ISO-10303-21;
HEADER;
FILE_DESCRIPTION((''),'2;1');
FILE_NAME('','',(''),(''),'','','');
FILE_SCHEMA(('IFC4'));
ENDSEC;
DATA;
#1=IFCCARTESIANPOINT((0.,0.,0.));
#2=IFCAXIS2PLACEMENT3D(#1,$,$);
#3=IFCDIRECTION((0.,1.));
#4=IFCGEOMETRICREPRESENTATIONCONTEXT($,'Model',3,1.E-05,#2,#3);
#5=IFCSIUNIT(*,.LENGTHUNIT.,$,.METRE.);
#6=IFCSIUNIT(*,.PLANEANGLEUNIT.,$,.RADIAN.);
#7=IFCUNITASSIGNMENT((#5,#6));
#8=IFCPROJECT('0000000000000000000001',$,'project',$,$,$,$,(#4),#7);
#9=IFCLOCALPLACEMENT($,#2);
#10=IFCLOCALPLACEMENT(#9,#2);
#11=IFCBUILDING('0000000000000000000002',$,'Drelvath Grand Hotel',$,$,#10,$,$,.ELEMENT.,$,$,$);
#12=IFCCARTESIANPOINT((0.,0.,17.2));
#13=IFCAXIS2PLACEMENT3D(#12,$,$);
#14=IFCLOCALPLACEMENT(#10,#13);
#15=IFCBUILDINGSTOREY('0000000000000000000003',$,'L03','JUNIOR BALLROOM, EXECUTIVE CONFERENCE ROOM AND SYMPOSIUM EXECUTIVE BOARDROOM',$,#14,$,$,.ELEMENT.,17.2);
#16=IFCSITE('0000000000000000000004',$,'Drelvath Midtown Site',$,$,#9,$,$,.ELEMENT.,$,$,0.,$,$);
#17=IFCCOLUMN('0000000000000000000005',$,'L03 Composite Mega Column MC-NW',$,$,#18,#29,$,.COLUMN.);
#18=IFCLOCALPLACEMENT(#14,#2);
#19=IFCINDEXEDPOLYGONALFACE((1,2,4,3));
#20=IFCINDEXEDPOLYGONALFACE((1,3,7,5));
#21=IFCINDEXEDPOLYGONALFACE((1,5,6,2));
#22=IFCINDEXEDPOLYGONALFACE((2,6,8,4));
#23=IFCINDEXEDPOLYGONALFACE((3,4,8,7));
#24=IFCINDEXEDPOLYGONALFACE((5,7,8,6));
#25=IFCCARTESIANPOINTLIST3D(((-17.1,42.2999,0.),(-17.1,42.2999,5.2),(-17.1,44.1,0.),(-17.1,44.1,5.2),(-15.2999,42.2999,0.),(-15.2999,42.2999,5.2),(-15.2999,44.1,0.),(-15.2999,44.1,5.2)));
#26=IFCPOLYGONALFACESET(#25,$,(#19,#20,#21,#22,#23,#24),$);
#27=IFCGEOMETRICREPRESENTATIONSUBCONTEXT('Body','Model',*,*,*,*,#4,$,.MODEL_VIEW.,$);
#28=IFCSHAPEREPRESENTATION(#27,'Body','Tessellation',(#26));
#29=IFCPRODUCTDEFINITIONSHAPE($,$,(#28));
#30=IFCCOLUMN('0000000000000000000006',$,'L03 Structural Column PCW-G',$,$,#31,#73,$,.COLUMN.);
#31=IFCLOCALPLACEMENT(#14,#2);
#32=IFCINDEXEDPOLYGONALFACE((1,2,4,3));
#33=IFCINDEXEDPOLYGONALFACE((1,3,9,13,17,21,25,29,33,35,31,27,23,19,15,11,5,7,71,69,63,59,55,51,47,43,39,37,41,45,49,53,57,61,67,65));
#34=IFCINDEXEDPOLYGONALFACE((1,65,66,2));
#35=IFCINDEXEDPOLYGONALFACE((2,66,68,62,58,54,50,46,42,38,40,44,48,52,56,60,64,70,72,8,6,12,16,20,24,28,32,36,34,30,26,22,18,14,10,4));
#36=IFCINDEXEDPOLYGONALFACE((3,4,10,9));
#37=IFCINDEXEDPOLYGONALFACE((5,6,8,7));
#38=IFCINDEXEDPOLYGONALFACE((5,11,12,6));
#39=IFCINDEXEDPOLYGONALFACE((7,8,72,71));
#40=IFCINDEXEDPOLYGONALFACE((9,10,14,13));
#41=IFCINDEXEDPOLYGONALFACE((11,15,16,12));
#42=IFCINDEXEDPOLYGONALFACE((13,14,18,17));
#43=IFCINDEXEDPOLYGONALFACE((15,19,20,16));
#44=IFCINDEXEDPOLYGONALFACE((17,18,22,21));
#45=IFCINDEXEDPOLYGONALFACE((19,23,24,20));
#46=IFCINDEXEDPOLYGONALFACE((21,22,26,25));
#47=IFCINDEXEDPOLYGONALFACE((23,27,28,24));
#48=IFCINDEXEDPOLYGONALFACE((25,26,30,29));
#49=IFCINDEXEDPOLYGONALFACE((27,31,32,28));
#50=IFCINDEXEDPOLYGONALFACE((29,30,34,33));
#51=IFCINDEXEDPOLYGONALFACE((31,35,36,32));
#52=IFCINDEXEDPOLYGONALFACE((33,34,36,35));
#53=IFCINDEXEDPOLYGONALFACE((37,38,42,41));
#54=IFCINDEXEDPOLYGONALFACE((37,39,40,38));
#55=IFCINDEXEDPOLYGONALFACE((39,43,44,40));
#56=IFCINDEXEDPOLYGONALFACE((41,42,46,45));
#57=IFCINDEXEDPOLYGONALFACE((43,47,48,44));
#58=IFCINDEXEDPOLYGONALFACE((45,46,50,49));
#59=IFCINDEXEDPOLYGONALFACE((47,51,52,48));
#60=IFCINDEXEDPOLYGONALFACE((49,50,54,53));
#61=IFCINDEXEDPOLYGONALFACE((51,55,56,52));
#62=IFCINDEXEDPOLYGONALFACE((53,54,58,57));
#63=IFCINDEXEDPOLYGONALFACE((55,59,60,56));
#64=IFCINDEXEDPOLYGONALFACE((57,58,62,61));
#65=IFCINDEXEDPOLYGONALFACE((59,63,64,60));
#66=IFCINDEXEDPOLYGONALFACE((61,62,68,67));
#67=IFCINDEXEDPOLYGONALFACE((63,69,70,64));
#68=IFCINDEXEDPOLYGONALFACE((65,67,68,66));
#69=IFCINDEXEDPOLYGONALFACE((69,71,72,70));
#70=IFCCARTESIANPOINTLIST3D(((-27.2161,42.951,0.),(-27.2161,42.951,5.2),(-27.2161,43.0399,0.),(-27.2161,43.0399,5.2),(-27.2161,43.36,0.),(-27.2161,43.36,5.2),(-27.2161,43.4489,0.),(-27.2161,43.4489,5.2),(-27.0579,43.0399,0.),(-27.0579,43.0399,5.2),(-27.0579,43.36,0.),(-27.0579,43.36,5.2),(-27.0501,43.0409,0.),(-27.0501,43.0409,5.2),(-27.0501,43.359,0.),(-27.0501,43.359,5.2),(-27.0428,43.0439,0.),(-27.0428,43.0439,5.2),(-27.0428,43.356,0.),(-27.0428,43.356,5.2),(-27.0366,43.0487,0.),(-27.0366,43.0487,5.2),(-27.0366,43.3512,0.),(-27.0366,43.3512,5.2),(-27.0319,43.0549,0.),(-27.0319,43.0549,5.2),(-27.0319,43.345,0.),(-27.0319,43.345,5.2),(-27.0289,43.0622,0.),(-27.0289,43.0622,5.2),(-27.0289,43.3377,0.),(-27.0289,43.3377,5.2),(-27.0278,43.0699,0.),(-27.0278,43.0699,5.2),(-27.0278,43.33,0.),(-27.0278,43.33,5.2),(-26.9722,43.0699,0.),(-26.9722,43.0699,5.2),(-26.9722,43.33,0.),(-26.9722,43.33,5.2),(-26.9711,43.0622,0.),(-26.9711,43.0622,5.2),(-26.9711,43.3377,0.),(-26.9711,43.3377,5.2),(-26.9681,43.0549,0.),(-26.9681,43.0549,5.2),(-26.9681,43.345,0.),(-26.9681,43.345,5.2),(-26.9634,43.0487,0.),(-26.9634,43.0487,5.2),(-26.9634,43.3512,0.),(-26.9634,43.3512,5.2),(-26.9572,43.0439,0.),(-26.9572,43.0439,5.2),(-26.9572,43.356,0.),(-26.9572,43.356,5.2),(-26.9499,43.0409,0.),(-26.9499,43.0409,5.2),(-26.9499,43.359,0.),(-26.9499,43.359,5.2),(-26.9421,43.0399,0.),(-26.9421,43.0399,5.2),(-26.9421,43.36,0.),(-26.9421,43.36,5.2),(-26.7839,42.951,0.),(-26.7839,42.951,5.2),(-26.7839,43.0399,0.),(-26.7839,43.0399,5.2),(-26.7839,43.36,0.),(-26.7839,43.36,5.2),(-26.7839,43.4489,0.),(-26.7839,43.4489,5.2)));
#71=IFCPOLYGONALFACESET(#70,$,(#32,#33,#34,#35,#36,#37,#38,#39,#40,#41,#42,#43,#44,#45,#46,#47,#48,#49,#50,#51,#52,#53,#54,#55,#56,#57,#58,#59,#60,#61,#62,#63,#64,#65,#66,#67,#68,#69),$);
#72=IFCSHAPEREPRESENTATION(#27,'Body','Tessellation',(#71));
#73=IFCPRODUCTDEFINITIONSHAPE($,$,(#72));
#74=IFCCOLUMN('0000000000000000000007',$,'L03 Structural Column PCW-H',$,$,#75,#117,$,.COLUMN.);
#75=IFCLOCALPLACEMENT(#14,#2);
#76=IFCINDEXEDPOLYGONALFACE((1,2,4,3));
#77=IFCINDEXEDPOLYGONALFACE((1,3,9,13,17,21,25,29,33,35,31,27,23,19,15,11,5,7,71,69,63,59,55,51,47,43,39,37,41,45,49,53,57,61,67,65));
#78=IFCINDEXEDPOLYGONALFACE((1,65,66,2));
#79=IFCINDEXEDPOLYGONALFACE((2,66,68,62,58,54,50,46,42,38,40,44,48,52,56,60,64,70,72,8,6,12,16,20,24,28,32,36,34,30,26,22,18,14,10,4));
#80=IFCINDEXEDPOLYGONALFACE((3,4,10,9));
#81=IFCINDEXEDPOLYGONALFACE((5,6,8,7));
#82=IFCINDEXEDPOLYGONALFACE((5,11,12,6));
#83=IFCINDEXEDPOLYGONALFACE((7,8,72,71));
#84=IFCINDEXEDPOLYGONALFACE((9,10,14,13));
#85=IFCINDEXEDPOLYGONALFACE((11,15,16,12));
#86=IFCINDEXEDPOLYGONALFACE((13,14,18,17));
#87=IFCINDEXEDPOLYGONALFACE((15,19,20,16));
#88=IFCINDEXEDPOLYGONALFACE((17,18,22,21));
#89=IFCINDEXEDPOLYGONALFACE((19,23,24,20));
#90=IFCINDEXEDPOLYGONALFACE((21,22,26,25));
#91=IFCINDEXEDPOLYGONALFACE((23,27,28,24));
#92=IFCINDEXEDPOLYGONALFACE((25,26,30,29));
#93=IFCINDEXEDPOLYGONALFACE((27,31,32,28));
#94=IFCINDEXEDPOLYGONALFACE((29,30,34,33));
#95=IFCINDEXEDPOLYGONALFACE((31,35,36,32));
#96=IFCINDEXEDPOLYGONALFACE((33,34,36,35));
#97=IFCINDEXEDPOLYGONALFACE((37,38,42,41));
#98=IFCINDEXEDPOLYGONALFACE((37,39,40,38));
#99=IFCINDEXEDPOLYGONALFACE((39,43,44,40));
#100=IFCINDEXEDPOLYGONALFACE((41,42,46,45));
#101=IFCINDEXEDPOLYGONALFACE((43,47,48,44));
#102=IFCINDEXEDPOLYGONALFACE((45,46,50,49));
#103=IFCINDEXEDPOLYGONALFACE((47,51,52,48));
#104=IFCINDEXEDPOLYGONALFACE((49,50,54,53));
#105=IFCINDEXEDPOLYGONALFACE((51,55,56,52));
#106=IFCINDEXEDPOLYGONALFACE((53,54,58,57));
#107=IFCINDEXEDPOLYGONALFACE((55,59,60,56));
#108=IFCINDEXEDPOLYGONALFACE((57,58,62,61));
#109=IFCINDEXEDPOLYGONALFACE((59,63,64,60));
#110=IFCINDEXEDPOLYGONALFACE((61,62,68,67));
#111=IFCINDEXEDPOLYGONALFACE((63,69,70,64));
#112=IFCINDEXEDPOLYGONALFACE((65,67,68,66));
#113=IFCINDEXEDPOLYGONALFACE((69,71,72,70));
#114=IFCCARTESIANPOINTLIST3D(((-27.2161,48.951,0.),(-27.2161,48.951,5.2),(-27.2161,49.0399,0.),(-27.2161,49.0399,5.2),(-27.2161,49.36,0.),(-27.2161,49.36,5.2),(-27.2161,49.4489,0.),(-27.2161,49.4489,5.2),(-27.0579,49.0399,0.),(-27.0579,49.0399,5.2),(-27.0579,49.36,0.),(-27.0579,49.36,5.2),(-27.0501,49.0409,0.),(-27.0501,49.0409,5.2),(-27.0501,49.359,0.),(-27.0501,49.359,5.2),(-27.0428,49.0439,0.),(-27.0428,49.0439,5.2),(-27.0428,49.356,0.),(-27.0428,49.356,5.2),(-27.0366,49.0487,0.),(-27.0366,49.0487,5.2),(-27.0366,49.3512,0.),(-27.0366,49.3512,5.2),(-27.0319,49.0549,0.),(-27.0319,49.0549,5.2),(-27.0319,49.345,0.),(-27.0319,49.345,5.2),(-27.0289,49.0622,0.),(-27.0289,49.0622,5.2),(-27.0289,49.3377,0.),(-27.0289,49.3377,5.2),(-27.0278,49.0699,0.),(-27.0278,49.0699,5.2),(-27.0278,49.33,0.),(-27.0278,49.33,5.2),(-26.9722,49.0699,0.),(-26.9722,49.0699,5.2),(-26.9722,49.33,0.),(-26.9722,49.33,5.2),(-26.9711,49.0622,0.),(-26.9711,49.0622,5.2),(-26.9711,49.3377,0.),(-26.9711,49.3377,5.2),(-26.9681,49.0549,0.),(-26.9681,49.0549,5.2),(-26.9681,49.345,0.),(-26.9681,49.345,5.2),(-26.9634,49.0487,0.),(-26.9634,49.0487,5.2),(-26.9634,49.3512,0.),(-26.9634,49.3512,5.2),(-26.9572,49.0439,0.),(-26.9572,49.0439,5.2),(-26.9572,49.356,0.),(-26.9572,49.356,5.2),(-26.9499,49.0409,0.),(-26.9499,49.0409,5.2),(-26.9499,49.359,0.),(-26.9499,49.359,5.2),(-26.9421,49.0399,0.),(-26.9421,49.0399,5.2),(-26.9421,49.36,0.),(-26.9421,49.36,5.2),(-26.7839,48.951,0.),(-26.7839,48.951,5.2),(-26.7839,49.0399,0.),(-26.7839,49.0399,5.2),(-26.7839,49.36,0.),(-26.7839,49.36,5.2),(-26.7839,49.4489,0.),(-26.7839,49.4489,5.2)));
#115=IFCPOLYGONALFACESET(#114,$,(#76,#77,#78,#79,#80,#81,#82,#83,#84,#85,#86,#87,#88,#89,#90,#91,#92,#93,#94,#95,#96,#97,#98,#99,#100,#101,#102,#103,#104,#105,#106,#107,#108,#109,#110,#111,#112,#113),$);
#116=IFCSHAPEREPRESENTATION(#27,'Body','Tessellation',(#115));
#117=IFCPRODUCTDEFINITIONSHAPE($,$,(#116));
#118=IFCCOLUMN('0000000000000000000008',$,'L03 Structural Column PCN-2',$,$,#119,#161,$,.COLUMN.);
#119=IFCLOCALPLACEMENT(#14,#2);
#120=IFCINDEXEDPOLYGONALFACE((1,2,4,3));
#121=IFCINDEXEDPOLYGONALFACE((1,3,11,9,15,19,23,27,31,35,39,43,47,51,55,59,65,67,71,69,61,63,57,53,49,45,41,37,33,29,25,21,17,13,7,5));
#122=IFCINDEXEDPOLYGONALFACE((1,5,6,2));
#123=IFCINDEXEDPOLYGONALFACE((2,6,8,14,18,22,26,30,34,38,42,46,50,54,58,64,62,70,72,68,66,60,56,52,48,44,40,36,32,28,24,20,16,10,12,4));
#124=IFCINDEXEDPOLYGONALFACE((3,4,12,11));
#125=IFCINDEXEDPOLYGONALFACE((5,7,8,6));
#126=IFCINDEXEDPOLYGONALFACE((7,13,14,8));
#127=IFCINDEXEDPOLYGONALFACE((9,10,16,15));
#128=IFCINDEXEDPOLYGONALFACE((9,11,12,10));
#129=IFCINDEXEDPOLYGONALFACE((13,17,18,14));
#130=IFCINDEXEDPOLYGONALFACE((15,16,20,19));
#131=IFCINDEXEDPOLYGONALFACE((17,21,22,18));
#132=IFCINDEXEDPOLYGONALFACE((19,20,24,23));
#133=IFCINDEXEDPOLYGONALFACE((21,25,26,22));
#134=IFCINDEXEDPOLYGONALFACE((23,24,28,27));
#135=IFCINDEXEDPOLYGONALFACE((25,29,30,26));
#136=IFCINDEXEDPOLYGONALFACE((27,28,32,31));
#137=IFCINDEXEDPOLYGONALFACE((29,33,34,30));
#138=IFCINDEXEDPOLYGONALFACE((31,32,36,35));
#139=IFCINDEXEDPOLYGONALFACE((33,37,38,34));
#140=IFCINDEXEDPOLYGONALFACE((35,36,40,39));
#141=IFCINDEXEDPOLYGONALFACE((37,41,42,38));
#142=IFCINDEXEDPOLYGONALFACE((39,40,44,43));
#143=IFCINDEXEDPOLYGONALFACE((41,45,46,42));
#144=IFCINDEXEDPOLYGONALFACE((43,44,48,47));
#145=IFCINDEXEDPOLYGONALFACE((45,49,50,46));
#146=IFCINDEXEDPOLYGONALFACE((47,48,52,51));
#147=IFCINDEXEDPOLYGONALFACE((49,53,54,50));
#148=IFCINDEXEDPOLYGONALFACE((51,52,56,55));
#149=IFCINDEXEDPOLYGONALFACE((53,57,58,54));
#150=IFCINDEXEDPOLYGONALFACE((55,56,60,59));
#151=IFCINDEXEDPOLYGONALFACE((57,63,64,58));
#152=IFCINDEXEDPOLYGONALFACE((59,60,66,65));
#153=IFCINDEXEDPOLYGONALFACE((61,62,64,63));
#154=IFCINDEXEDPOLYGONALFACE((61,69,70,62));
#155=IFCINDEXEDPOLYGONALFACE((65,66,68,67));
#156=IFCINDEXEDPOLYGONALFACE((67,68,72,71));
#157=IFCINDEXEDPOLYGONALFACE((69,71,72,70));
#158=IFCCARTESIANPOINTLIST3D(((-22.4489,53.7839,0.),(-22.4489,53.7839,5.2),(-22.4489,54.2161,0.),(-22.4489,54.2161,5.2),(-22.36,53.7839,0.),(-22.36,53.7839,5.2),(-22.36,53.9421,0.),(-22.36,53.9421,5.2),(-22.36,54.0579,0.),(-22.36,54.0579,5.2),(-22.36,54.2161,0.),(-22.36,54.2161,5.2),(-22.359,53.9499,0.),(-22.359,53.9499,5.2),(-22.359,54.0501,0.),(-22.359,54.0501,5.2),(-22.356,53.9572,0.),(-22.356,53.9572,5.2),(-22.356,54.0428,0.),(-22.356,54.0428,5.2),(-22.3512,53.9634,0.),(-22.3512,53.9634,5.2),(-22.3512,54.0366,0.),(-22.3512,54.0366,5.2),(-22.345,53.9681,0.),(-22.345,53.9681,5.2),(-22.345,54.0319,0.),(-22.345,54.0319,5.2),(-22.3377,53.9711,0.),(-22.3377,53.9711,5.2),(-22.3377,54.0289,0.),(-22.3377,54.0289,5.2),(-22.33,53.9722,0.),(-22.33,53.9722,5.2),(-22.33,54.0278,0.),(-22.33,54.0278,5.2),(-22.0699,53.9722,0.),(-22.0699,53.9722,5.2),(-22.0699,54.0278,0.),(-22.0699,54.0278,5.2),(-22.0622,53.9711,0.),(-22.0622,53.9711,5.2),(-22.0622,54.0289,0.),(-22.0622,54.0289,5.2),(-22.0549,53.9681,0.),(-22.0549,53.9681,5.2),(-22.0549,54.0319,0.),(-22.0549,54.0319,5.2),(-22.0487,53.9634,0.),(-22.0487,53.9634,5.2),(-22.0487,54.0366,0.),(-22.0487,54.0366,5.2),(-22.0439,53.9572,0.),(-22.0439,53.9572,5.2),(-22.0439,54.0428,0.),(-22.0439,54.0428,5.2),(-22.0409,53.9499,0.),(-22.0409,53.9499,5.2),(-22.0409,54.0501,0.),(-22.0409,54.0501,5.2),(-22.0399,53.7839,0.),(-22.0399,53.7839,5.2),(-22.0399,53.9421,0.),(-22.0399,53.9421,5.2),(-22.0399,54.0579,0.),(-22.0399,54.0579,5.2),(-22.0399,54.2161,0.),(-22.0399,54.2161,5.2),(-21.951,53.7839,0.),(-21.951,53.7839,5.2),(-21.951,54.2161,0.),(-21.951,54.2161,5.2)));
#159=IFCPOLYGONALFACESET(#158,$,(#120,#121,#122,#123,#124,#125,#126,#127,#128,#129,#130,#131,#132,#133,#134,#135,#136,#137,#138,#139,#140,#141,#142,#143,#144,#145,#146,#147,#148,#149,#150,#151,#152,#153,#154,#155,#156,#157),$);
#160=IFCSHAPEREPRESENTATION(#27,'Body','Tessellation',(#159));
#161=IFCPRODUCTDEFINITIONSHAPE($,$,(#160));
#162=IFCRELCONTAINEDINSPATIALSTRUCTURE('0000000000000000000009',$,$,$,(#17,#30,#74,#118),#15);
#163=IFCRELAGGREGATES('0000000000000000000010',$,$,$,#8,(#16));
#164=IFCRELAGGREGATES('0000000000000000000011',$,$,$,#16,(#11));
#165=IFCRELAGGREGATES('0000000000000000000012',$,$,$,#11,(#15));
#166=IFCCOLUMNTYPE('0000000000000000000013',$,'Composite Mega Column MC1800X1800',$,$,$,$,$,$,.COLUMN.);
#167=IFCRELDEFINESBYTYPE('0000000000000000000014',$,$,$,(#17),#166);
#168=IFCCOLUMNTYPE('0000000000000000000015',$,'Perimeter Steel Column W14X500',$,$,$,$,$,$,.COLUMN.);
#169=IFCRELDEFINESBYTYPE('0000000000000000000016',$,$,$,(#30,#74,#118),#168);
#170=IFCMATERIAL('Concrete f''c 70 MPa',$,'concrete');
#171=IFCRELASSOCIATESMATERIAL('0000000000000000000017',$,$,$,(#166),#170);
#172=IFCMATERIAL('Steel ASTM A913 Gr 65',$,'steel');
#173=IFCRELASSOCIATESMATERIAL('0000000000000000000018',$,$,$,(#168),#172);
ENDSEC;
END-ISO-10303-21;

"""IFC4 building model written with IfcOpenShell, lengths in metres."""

from ifc_helpers import new_model, si_unit, direction, frame, origin, origin_2d, place, context, subcontext, project, spatial, rectangle, i_section, extrude, material, material_profile, profile_set, type_object, element, save


model = new_model("IFC4")

# Units and contexts
model_context = context("Model", 3, precision=1e-05, world=origin(), true_north=direction((0.0, 1.0)))
body_context = subcontext(model_context, "Body", "Model", "MODEL_VIEW")
ifc_project = project(units=[si_unit("LENGTHUNIT", "METRE"), si_unit("PLANEANGLEUNIT", "RADIAN")], contexts=[model_context])

# Site, building, storey
site_placement = place(None, origin())
site = spatial("IfcSite", under=ifc_project, at=site_placement, Name="Drelvath Midtown Site", CompositionType="ELEMENT", RefElevation=0.0)
building_placement = place(site_placement, origin())
building = spatial("IfcBuilding", under=site, at=building_placement, Name="Drelvath Grand Hotel", CompositionType="ELEMENT")
storey_placement = place(building_placement, frame((0.0, 0.0, 17.2)))
storey = spatial("IfcBuildingStorey", under=building, at=storey_placement, Name="L03", Description="JUNIOR BALLROOM, EXECUTIVE CONFERENCE ROOM AND SYMPOSIUM EXECUTIVE BOARDROOM", CompositionType="ELEMENT", Elevation=17.2)

# Columns
ifc_material_1 = material(Name="Concrete f'c 70 MPa", Category="concrete")
ifc_material_profile_1 = material_profile(ifc_material_1, rectangle(XDim=1.8, YDim=1.8, at=origin_2d()), Name="MC1800X1800")
ifc_profile_set_1 = profile_set([ifc_material_profile_1], Name="Concrete f'c 70 MPa")
column_type_1 = type_object("IfcColumnType", Name="Composite Mega Column MC1800X1800", PredefinedType="COLUMN", material=ifc_profile_set_1)
column_placement = place(storey_placement, frame((-16.2, 43.2, 0.0), z_axis=(0.0, 0.0, 1.0), x_axis=(1.0, 0.0, 0.0)))
element("IfcColumn", 1, at=column_placement, inside=storey, type_object=column_type_1, Name="L03 Composite Mega Column MC-NW", PredefinedType="COLUMN", context=body_context, shape_type="SweptSolid", body=[
    extrude(rectangle(XDim=1.8, YDim=1.8, at=origin_2d()), origin(), (0.0, 0.0, 1.0), 5.2),
])
ifc_material_2 = material(Name="Steel ASTM A913 Gr 65", Category="steel")
ifc_material_profile_2 = material_profile(ifc_material_2, i_section(OverallWidth=0.4321, OverallDepth=0.4978, WebThickness=0.0557, FlangeThickness=0.0889, FilletRadius=0.03, at=origin_2d()), Name="W14X500")
ifc_profile_set_2 = profile_set([ifc_material_profile_2], Name="Steel ASTM A913 Gr 65")
column_type_2 = type_object("IfcColumnType", Name="Perimeter Steel Column W14X500", PredefinedType="COLUMN", material=ifc_profile_set_2)
for number, where, z_axis, x_axis, name in (
    (2, (-27.0, 43.2, 0.0), (0.0, 0.0, 1.0), (1.0, 0.0, 0.0), "L03 Structural Column PCW-G"),
    (3, (-27.0, 49.2, 0.0), (0.0, 0.0, 1.0), (1.0, 0.0, 0.0), "L03 Structural Column PCW-H"),
    (4, (-22.2, 54.0, 0.0), (0.0, 0.0, 1.0), (0.0, 1.0, 0.0), "L03 Structural Column PCN-2"),
):
    element("IfcColumn", number, at=place(storey_placement, frame(where, z_axis=z_axis, x_axis=x_axis)), inside=storey, type_object=column_type_2, Name=name, PredefinedType="COLUMN", context=body_context, shape_type="SweptSolid", body=[
        extrude(i_section(OverallWidth=0.4321, OverallDepth=0.4978, WebThickness=0.0557, FlangeThickness=0.0889, FilletRadius=0.03, at=origin_2d()), origin(), (0.0, 0.0, 1.0), 5.2),
    ])

save(model, "model.ifc")
